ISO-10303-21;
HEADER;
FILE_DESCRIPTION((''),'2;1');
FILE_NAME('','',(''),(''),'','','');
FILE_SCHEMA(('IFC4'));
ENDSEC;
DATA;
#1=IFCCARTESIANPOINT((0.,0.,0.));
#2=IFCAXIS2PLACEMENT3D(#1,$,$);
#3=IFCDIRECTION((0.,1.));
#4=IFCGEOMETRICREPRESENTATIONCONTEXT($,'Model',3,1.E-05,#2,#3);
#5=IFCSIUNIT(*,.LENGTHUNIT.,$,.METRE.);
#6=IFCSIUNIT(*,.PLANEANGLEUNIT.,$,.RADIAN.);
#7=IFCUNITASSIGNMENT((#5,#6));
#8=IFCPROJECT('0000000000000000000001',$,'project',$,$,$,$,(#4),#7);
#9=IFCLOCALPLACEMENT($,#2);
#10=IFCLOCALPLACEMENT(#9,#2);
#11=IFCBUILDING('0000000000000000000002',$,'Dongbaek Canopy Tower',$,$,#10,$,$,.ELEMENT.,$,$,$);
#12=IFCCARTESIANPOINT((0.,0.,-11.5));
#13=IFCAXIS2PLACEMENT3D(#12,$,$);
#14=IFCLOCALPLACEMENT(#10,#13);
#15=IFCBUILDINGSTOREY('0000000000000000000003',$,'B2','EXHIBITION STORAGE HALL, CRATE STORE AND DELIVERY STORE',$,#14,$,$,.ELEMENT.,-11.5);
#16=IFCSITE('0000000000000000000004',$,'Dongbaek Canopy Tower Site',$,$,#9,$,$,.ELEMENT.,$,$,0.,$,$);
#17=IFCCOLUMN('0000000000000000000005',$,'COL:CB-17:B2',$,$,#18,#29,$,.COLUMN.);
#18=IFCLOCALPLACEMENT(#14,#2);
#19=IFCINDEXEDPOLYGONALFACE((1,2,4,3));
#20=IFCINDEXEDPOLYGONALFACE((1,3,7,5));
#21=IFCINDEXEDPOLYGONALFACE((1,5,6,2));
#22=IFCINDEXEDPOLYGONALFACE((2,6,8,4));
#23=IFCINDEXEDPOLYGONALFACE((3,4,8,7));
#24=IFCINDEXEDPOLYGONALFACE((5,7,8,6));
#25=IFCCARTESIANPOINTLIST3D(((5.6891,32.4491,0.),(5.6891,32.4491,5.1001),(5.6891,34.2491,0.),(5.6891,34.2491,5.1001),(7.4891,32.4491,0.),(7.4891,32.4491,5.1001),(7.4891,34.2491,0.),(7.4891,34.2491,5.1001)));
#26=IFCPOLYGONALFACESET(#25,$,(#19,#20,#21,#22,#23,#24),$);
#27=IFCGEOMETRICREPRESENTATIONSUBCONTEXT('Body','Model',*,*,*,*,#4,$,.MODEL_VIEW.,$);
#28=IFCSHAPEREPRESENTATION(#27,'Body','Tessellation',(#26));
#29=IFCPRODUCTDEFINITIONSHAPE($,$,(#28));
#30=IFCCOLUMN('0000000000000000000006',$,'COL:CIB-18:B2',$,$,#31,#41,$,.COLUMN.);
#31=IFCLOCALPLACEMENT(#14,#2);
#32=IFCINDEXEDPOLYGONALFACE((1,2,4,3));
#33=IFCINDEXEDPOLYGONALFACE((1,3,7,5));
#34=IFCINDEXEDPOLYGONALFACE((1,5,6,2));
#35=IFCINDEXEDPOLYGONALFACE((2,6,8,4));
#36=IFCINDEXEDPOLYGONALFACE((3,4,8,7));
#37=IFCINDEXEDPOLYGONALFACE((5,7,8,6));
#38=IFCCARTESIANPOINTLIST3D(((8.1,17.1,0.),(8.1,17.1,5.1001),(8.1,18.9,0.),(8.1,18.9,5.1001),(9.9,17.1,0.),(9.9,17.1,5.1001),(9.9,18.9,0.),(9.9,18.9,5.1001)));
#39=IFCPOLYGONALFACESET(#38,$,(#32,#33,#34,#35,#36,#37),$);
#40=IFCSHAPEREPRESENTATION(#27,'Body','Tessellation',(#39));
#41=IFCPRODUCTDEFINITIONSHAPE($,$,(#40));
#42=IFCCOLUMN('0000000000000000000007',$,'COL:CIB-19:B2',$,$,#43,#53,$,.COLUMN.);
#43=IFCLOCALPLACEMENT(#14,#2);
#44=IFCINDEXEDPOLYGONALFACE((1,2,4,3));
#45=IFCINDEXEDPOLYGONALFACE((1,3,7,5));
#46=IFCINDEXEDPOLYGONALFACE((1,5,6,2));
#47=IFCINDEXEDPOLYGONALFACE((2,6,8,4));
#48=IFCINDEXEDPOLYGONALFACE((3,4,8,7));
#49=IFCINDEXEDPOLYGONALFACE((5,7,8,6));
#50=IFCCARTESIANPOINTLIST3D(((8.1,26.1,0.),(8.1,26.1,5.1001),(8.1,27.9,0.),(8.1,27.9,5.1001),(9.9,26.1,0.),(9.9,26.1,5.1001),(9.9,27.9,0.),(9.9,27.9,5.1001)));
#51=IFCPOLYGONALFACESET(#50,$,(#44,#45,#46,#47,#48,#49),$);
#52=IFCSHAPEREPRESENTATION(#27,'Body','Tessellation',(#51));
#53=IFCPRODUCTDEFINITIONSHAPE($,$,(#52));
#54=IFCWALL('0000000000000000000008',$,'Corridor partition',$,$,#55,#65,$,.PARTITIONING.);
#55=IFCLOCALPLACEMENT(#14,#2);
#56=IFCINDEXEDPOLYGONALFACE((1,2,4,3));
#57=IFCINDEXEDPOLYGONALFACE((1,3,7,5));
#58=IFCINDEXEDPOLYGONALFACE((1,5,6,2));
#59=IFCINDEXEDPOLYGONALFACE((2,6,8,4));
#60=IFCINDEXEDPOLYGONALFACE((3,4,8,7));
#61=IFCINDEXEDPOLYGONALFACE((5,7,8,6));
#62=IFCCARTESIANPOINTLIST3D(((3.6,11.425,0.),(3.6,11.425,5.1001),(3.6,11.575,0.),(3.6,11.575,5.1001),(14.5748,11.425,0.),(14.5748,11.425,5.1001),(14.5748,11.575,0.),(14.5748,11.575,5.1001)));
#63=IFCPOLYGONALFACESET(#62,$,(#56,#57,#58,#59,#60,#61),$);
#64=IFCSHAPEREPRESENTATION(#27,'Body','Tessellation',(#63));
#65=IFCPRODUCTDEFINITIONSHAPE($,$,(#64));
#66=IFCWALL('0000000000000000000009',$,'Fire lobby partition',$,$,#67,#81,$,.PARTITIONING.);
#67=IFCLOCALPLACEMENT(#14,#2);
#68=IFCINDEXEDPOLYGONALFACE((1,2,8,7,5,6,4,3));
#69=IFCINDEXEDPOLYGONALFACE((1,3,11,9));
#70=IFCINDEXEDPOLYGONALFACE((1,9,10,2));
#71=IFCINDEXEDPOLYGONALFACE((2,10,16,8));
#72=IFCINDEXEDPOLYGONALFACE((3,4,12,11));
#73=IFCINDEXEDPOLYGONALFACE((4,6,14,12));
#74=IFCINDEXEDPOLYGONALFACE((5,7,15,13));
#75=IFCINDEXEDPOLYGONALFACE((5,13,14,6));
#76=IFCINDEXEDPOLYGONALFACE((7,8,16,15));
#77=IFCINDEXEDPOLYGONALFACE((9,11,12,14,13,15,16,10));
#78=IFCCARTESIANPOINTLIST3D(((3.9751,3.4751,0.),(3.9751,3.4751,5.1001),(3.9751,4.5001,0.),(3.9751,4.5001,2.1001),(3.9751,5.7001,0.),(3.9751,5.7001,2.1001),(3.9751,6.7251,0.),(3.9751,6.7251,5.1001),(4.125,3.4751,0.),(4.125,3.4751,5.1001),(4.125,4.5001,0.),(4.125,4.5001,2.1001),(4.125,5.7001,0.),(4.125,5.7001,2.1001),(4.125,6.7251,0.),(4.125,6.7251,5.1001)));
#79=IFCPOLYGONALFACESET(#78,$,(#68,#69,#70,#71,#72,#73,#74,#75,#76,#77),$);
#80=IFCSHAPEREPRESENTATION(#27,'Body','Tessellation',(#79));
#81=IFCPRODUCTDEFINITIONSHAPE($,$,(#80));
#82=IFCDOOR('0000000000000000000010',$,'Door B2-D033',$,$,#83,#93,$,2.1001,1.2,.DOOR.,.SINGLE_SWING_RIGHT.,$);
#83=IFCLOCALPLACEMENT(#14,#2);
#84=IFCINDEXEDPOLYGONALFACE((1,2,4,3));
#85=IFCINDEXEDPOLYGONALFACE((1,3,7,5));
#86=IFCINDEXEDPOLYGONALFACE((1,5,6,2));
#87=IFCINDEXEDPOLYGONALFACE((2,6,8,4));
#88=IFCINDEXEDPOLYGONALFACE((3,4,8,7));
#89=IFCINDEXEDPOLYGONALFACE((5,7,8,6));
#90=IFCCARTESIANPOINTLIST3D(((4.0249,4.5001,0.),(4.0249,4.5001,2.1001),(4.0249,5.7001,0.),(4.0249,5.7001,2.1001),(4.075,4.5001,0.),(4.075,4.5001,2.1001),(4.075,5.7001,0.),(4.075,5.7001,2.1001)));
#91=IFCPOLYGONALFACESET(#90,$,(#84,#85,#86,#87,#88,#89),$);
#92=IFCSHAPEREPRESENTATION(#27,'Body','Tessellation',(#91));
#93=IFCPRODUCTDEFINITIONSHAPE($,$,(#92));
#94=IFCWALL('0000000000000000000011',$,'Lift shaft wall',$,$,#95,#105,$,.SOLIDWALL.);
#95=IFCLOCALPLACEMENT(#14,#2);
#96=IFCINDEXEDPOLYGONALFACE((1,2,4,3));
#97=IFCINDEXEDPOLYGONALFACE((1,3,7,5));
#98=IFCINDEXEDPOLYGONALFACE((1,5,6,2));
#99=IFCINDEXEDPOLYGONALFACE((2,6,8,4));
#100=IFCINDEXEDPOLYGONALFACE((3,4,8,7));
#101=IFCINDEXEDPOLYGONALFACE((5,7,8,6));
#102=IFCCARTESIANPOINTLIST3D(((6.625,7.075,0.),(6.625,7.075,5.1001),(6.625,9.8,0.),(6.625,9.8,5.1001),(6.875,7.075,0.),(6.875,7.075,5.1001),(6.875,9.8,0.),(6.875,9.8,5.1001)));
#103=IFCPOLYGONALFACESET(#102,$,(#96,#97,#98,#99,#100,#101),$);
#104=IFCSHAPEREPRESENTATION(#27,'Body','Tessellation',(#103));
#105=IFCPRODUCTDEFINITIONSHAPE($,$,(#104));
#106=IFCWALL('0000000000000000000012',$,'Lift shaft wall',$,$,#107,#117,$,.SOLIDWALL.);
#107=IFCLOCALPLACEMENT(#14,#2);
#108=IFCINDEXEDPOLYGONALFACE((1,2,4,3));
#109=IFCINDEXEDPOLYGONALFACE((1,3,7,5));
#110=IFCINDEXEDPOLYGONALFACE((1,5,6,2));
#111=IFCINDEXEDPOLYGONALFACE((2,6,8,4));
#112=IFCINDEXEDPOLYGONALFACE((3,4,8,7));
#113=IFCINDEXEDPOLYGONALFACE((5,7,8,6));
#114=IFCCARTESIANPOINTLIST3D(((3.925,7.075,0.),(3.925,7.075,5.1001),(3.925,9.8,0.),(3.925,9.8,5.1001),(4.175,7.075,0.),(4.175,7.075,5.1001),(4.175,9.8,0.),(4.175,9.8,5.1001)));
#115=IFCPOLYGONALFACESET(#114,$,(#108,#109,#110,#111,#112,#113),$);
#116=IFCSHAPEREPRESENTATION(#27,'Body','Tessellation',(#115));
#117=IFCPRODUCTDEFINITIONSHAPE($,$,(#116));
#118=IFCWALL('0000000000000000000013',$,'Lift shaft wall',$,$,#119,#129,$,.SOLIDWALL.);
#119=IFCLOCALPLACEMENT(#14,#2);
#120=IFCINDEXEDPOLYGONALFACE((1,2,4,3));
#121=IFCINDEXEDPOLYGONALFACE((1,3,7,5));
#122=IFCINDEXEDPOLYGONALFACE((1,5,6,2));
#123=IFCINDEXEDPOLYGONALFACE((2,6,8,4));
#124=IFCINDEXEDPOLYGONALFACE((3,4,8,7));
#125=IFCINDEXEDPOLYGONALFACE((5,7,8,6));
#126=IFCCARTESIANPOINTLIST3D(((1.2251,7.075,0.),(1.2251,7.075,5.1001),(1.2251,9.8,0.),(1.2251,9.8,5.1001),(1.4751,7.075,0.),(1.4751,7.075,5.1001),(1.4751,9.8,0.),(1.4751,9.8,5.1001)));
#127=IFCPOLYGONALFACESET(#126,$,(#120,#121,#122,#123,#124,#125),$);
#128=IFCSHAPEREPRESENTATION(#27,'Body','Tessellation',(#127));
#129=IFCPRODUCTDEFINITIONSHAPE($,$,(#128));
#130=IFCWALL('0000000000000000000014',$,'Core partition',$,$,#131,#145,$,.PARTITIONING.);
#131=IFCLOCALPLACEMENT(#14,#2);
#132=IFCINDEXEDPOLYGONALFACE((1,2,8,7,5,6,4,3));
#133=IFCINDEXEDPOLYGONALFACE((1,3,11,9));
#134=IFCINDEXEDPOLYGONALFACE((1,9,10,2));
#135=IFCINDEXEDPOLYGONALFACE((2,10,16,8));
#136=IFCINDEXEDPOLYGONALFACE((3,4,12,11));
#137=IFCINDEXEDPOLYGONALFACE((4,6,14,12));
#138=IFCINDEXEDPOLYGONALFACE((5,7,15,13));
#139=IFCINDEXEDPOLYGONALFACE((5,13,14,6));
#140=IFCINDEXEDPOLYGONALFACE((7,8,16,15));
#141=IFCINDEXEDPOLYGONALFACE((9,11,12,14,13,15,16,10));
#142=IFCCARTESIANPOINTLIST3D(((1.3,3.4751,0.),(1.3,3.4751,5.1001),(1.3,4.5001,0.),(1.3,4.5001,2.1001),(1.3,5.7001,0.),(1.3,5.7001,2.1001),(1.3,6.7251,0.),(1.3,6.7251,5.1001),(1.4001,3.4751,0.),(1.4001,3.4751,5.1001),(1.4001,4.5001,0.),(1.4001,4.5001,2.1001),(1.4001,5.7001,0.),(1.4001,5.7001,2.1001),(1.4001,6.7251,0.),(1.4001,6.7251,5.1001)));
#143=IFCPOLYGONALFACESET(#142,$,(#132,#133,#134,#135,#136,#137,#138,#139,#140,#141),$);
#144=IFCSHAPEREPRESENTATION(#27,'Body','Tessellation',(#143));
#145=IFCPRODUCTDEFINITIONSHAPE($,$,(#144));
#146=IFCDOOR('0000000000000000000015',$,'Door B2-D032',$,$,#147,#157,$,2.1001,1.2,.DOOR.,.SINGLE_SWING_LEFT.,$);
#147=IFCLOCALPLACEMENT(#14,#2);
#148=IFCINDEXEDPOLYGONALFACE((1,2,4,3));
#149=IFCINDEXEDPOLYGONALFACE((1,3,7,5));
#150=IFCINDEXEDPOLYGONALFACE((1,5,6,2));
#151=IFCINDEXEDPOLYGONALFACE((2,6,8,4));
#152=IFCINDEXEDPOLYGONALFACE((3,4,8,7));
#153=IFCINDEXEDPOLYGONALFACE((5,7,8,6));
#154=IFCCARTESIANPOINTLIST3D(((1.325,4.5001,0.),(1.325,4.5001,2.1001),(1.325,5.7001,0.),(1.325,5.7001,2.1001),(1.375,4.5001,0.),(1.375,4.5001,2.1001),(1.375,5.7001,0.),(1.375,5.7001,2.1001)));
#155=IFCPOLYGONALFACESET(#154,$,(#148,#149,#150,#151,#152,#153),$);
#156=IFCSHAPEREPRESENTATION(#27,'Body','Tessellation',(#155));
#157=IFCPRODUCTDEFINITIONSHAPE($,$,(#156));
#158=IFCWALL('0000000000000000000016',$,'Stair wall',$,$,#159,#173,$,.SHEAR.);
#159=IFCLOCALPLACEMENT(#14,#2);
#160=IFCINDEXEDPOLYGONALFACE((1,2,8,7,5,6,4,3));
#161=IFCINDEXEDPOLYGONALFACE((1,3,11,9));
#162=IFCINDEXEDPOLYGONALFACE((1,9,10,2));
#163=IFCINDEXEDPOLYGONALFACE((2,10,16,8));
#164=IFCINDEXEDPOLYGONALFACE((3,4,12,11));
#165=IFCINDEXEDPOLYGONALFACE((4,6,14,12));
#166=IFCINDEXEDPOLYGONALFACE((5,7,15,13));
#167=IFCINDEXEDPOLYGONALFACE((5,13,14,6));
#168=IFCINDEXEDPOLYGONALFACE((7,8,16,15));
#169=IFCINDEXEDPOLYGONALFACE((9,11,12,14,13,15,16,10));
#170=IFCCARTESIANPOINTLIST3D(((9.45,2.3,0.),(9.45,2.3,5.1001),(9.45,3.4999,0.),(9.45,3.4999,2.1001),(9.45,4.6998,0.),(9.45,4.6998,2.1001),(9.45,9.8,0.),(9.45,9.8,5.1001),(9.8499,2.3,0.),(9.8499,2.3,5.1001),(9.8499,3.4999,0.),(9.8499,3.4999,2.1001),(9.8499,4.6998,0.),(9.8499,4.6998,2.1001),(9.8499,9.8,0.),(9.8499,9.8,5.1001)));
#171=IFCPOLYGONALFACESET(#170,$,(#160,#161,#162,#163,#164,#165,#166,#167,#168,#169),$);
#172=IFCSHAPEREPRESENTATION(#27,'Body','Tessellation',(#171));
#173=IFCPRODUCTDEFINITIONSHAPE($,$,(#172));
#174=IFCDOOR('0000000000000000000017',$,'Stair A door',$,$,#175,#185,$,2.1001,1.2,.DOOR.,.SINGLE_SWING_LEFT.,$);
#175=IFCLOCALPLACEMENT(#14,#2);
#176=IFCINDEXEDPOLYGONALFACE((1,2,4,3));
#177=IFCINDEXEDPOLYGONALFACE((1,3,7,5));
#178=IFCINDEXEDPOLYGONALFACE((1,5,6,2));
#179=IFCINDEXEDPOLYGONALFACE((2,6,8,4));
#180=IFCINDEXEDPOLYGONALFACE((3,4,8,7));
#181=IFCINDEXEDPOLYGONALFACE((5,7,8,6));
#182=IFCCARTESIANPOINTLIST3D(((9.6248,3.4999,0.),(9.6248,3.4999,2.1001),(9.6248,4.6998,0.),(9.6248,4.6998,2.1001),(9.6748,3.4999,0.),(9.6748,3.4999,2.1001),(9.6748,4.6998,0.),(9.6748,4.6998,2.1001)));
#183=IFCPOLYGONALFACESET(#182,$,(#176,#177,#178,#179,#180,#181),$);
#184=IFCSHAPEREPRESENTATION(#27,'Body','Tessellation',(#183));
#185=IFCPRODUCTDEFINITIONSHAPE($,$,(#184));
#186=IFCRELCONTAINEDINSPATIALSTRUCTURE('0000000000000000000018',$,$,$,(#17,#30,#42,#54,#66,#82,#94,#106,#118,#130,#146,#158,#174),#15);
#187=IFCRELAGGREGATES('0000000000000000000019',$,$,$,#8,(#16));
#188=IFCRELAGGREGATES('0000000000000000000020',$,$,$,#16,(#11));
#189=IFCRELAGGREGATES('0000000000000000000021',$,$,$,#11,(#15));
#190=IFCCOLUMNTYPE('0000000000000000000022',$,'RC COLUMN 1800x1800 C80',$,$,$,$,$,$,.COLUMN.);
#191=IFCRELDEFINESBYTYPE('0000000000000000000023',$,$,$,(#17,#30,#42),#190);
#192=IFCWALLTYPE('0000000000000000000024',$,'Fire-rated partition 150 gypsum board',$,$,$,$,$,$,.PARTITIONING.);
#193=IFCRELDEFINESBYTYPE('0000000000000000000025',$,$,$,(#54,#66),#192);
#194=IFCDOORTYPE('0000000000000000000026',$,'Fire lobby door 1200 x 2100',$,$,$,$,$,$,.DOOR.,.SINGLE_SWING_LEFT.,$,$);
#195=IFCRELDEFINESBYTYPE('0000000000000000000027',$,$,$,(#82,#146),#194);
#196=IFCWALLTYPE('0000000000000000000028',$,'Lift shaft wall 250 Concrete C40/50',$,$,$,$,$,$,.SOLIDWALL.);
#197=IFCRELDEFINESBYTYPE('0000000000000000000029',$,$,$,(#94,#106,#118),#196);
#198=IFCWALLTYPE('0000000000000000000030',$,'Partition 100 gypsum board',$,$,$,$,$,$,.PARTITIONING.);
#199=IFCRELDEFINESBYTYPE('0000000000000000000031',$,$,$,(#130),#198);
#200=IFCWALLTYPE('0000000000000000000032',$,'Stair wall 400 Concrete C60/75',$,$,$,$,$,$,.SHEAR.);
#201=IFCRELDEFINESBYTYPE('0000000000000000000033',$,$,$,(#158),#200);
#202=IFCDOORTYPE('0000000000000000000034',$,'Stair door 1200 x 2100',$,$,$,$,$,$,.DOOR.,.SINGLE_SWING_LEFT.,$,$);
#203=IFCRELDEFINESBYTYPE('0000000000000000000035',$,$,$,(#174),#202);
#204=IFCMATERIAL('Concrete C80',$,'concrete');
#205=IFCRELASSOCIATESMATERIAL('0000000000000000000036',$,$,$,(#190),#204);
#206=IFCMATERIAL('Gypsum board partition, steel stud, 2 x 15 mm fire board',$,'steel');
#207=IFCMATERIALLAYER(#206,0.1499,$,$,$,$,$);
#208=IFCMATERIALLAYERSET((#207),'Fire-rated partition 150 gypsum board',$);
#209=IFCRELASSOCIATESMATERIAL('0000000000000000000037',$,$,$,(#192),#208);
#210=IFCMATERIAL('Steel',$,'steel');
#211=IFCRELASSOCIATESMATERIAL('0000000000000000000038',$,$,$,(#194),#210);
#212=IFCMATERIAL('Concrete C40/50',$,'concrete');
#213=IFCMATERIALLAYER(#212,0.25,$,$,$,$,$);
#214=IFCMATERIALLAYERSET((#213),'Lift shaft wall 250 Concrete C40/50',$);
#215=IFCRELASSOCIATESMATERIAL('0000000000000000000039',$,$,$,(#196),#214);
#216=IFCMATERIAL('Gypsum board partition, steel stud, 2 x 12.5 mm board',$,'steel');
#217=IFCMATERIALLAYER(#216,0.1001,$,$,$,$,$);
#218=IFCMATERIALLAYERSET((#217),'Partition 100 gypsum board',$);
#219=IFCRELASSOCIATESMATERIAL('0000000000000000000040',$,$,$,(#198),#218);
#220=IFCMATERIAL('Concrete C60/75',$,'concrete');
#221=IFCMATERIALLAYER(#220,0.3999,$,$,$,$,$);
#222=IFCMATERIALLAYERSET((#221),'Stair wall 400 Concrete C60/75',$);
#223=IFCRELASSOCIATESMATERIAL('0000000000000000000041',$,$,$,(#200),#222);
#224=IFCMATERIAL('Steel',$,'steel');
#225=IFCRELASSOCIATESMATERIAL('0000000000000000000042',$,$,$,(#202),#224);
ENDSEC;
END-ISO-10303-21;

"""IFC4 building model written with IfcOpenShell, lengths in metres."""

from ifc_helpers import new_model, si_unit, direction, frame, frame_2d, origin, origin_2d, place, context, subcontext, project, spatial, rectangle, extrude, material, layer, layer_set, material_profile, profile_set, type_object, element, fill, save


model = new_model("IFC4")

# Units and contexts
model_context = context("Model", 3, precision=1e-05, world=origin(), true_north=direction((0.0, 1.0)))
body_context = subcontext(model_context, "Body", "Model", "MODEL_VIEW")
ifc_project = project(units=[si_unit("LENGTHUNIT", "METRE"), si_unit("PLANEANGLEUNIT", "RADIAN")], contexts=[model_context])

# Site, building, storey
site_placement = place(None, origin())
site = spatial("IfcSite", under=ifc_project, at=site_placement, Name="Dongbaek Canopy Tower Site", CompositionType="ELEMENT", RefElevation=0.0)
building_placement = place(site_placement, origin())
building = spatial("IfcBuilding", under=site, at=building_placement, Name="Dongbaek Canopy Tower", CompositionType="ELEMENT")
storey_placement = place(building_placement, frame((0.0, 0.0, -11.5)))
storey = spatial("IfcBuildingStorey", under=building, at=storey_placement, Name="B2", Description="EXHIBITION STORAGE HALL, CRATE STORE AND DELIVERY STORE", CompositionType="ELEMENT", Elevation=-11.5)

# Columns
ifc_material_1 = material(Name="Concrete C80", Category="concrete")
ifc_material_profile = material_profile(ifc_material_1, rectangle(XDim=1.8, YDim=1.8, at=origin_2d()), Name="RC COLUMN 1800x1800 C80")
ifc_profile_set = profile_set([ifc_material_profile], Name="Concrete C80")
column_type = type_object("IfcColumnType", Name="RC COLUMN 1800x1800 C80", PredefinedType="COLUMN", material=ifc_profile_set)
for number, where, z_axis, x_axis, name in (
    (1, (6.5891, 33.3491, 0.0), (0.0, 0.0, 1.0), (1.0, 0.0, 0.0), "COL:CB-17:B2"),
    (2, (9.0, 18.0, 0.0), (0.0, 0.0, 1.0), (1.0, 0.0, 0.0), "COL:CIB-18:B2"),
    (3, (9.0, 27.0, 0.0), (0.0, 0.0, 1.0), (1.0, 0.0, 0.0), "COL:CIB-19:B2"),
):
    element("IfcColumn", number, at=place(storey_placement, frame(where, z_axis=z_axis, x_axis=x_axis)), inside=storey, type_object=column_type, Name=name, PredefinedType="COLUMN", context=body_context, shape_type="SweptSolid", body=[
        extrude(rectangle(XDim=1.8, YDim=1.8, at=origin_2d()), origin(), (0.0, 0.0, 1.0), 5.1001),
    ])

# Wall
ifc_material_2 = material(Name="Gypsum board partition, steel stud, 2 x 15 mm fire board", Category="steel")
ifc_layer_1 = layer(ifc_material_2, 0.1499)
ifc_layer_set_1 = layer_set([ifc_layer_1], Name="Fire-rated partition 150 gypsum board")
wall_type_1 = type_object("IfcWallType", Name="Fire-rated partition 150 gypsum board", PredefinedType="PARTITIONING", material=ifc_layer_set_1)
wall_1_placement = place(storey_placement, frame((3.6001, 11.5, 0.0), z_axis=(0.0, 0.0, 1.0), x_axis=(1.0, 0.0, 0.0)))
element("IfcWall", 4, at=wall_1_placement, inside=storey, type_object=wall_type_1, Name="Corridor partition", PredefinedType="PARTITIONING", context=body_context, shape_type="SweptSolid", body=[
    extrude(rectangle(XDim=10.9749, YDim=0.1499, at=frame_2d((5.4873, 0.0))), origin(), (0.0, 0.0, 1.0), 5.1001),
])

# Wall, opening, door
wall_2_placement = place(storey_placement, frame((4.05, 6.7251, 0.0), z_axis=(0.0, 0.0, 1.0), x_axis=(0.0, -1.0, 0.0)))
wall_2 = element("IfcWall", 5, at=wall_2_placement, inside=storey, type_object=wall_type_1, Name="Fire lobby partition", PredefinedType="PARTITIONING", context=body_context, shape_type="SweptSolid", body=[
    extrude(rectangle(XDim=3.25, YDim=0.1499, at=frame_2d((1.625, 0.0))), origin(), (0.0, 0.0, 1.0), 5.1001),
])
opening_1_placement = place(wall_2_placement, frame((1.0249, 0.0, 0.0)))
opening_1 = element("IfcOpeningElement", 6, at=opening_1_placement, cuts=wall_2, PredefinedType="OPENING", context=body_context, shape_type="SweptSolid", body=[
    extrude(rectangle(XDim=1.2, YDim=2.1001, at=frame_2d((0.6001, 1.05))), frame((0.0, 0.085, 0.0), z_axis=(0.0, -1.0, 0.0), x_axis=(1.0, 0.0, 0.0)), (0.0, 0.0, 1.0), 0.1699),
])
ifc_material_3 = material(Name="Steel", Category="steel")
door_type_1 = type_object("IfcDoorType", Name="Fire lobby door 1200 x 2100", OperationType="SINGLE_SWING_LEFT", PredefinedType="DOOR", material=ifc_material_3)
door_1_placement = place(opening_1_placement, origin())
door_1 = element("IfcDoor", 7, at=door_1_placement, inside=storey, type_object=door_type_1, Name="Door B2-D033", OperationType="SINGLE_SWING_RIGHT", OverallHeight=2.1001, OverallWidth=1.2, PredefinedType="DOOR", context=body_context, shape_type="SweptSolid", body=[
    extrude(rectangle(XDim=1.2, YDim=2.1001, at=frame_2d((0.6001, 1.05))), frame((0.0, 0.0249, 0.0), z_axis=(0.0, -1.0, 0.0), x_axis=(1.0, 0.0, 0.0)), (0.0, 0.0, 1.0), 0.05),
])
fill(opening_1, door_1)

# Walls
ifc_material_4 = material(Name="Concrete C40/50", Category="concrete")
ifc_layer_2 = layer(ifc_material_4, 0.25)
ifc_layer_set_2 = layer_set([ifc_layer_2], Name="Lift shaft wall 250 Concrete C40/50")
wall_type_2 = type_object("IfcWallType", Name="Lift shaft wall 250 Concrete C40/50", PredefinedType="SOLIDWALL", material=ifc_layer_set_2)
for number, where, z_axis, x_axis, name in (
    (8, (6.75, 7.075, 0.0), (0.0, 0.0, 1.0), (0.0, 1.0, 0.0), "Lift shaft wall"),
    (9, (4.05, 7.075, 0.0), (0.0, 0.0, 1.0), (0.0, 1.0, 0.0), "Lift shaft wall"),
    (10, (1.3501, 7.075, 0.0), (0.0, 0.0, 1.0), (0.0, 1.0, 0.0), "Lift shaft wall"),
):
    element("IfcWall", number, at=place(storey_placement, frame(where, z_axis=z_axis, x_axis=x_axis)), inside=storey, type_object=wall_type_2, Name=name, PredefinedType="SOLIDWALL", context=body_context, shape_type="SweptSolid", body=[
        extrude(rectangle(XDim=2.7251, YDim=0.25, at=frame_2d((1.3625, 0.0))), origin(), (0.0, 0.0, 1.0), 5.1001),
    ])

# Walls, openings, doors
ifc_material_5 = material(Name="Gypsum board partition, steel stud, 2 x 12.5 mm board", Category="steel")
ifc_layer_3 = layer(ifc_material_5, 0.1001)
ifc_layer_set_3 = layer_set([ifc_layer_3], Name="Partition 100 gypsum board")
wall_type_3 = type_object("IfcWallType", Name="Partition 100 gypsum board", PredefinedType="PARTITIONING", material=ifc_layer_set_3)
wall_3_placement = place(storey_placement, frame((1.3501, 6.7251, 0.0), z_axis=(0.0, 0.0, 1.0), x_axis=(0.0, -1.0, 0.0)))
wall_3 = element("IfcWall", 11, at=wall_3_placement, inside=storey, type_object=wall_type_3, Name="Core partition", PredefinedType="PARTITIONING", context=body_context, shape_type="SweptSolid", body=[
    extrude(rectangle(XDim=3.25, YDim=0.1001, at=frame_2d((1.625, 0.0))), origin(), (0.0, 0.0, 1.0), 5.1001),
])
opening_2_placement = place(wall_3_placement, frame((1.0249, 0.0, 0.0)))
opening_2 = element("IfcOpeningElement", 12, at=opening_2_placement, cuts=wall_3, PredefinedType="OPENING", context=body_context, shape_type="SweptSolid", body=[
    extrude(rectangle(XDim=1.2, YDim=2.1001, at=frame_2d((0.6001, 1.05))), frame((0.0, 0.0601, 0.0), z_axis=(0.0, -1.0, 0.0), x_axis=(1.0, 0.0, 0.0)), (0.0, 0.0, 1.0), 0.1201),
])
door_2_placement = place(opening_2_placement, origin())
door_2 = element("IfcDoor", 13, at=door_2_placement, inside=storey, type_object=door_type_1, Name="Door B2-D032", OperationType="SINGLE_SWING_LEFT", OverallHeight=2.1001, OverallWidth=1.2, PredefinedType="DOOR", context=body_context, shape_type="SweptSolid", body=[
    extrude(rectangle(XDim=1.2, YDim=2.1001, at=frame_2d((0.6001, 1.05))), frame((0.0, 0.0249, 0.0), z_axis=(0.0, -1.0, 0.0), x_axis=(1.0, 0.0, 0.0)), (0.0, 0.0, 1.0), 0.05),
])
fill(opening_2, door_2)
ifc_material_6 = material(Name="Concrete C60/75", Category="concrete")
ifc_layer_4 = layer(ifc_material_6, 0.3999)
ifc_layer_set_4 = layer_set([ifc_layer_4], Name="Stair wall 400 Concrete C60/75")
wall_type_4 = type_object("IfcWallType", Name="Stair wall 400 Concrete C60/75", PredefinedType="SHEAR", material=ifc_layer_set_4)
wall_4_placement = place(storey_placement, frame((9.6499, 9.8, 0.0), z_axis=(0.0, 0.0, 1.0), x_axis=(0.0, -1.0, 0.0)))
wall_4 = element("IfcWall", 14, at=wall_4_placement, inside=storey, type_object=wall_type_4, Name="Stair wall", PredefinedType="SHEAR", context=body_context, shape_type="SweptSolid", body=[
    extrude(rectangle(XDim=7.5, YDim=0.3999, at=frame_2d((3.75, 0.0))), origin(), (0.0, 0.0, 1.0), 5.1001),
])
opening_3_placement = place(wall_4_placement, frame((5.1001, 0.0, 0.0)))
opening_3 = element("IfcOpeningElement", 15, at=opening_3_placement, cuts=wall_4, PredefinedType="OPENING", context=body_context, shape_type="SweptSolid", body=[
    extrude(rectangle(XDim=1.2, YDim=2.1001, at=frame_2d((0.6001, 1.05))), frame((0.0, 0.21, 0.0), z_axis=(0.0, -1.0, 0.0), x_axis=(1.0, 0.0, 0.0)), (0.0, 0.0, 1.0), 0.4199),
])
ifc_material_7 = material(Name="Steel", Category="steel")
door_type_2 = type_object("IfcDoorType", Name="Stair door 1200 x 2100", OperationType="SINGLE_SWING_LEFT", PredefinedType="DOOR", material=ifc_material_7)
door_3_placement = place(opening_3_placement, origin())
door_3 = element("IfcDoor", 16, at=door_3_placement, inside=storey, type_object=door_type_2, Name="Stair A door", OperationType="SINGLE_SWING_LEFT", OverallHeight=2.1001, OverallWidth=1.2, PredefinedType="DOOR", context=body_context, shape_type="SweptSolid", body=[
    extrude(rectangle(XDim=1.2, YDim=2.1001, at=frame_2d((0.6001, 1.05))), frame((0.0, 0.0249, 0.0), z_axis=(0.0, -1.0, 0.0), x_axis=(1.0, 0.0, 0.0)), (0.0, 0.0, 1.0), 0.05),
])
fill(opening_3, door_3)

save(model, "model.ifc")
